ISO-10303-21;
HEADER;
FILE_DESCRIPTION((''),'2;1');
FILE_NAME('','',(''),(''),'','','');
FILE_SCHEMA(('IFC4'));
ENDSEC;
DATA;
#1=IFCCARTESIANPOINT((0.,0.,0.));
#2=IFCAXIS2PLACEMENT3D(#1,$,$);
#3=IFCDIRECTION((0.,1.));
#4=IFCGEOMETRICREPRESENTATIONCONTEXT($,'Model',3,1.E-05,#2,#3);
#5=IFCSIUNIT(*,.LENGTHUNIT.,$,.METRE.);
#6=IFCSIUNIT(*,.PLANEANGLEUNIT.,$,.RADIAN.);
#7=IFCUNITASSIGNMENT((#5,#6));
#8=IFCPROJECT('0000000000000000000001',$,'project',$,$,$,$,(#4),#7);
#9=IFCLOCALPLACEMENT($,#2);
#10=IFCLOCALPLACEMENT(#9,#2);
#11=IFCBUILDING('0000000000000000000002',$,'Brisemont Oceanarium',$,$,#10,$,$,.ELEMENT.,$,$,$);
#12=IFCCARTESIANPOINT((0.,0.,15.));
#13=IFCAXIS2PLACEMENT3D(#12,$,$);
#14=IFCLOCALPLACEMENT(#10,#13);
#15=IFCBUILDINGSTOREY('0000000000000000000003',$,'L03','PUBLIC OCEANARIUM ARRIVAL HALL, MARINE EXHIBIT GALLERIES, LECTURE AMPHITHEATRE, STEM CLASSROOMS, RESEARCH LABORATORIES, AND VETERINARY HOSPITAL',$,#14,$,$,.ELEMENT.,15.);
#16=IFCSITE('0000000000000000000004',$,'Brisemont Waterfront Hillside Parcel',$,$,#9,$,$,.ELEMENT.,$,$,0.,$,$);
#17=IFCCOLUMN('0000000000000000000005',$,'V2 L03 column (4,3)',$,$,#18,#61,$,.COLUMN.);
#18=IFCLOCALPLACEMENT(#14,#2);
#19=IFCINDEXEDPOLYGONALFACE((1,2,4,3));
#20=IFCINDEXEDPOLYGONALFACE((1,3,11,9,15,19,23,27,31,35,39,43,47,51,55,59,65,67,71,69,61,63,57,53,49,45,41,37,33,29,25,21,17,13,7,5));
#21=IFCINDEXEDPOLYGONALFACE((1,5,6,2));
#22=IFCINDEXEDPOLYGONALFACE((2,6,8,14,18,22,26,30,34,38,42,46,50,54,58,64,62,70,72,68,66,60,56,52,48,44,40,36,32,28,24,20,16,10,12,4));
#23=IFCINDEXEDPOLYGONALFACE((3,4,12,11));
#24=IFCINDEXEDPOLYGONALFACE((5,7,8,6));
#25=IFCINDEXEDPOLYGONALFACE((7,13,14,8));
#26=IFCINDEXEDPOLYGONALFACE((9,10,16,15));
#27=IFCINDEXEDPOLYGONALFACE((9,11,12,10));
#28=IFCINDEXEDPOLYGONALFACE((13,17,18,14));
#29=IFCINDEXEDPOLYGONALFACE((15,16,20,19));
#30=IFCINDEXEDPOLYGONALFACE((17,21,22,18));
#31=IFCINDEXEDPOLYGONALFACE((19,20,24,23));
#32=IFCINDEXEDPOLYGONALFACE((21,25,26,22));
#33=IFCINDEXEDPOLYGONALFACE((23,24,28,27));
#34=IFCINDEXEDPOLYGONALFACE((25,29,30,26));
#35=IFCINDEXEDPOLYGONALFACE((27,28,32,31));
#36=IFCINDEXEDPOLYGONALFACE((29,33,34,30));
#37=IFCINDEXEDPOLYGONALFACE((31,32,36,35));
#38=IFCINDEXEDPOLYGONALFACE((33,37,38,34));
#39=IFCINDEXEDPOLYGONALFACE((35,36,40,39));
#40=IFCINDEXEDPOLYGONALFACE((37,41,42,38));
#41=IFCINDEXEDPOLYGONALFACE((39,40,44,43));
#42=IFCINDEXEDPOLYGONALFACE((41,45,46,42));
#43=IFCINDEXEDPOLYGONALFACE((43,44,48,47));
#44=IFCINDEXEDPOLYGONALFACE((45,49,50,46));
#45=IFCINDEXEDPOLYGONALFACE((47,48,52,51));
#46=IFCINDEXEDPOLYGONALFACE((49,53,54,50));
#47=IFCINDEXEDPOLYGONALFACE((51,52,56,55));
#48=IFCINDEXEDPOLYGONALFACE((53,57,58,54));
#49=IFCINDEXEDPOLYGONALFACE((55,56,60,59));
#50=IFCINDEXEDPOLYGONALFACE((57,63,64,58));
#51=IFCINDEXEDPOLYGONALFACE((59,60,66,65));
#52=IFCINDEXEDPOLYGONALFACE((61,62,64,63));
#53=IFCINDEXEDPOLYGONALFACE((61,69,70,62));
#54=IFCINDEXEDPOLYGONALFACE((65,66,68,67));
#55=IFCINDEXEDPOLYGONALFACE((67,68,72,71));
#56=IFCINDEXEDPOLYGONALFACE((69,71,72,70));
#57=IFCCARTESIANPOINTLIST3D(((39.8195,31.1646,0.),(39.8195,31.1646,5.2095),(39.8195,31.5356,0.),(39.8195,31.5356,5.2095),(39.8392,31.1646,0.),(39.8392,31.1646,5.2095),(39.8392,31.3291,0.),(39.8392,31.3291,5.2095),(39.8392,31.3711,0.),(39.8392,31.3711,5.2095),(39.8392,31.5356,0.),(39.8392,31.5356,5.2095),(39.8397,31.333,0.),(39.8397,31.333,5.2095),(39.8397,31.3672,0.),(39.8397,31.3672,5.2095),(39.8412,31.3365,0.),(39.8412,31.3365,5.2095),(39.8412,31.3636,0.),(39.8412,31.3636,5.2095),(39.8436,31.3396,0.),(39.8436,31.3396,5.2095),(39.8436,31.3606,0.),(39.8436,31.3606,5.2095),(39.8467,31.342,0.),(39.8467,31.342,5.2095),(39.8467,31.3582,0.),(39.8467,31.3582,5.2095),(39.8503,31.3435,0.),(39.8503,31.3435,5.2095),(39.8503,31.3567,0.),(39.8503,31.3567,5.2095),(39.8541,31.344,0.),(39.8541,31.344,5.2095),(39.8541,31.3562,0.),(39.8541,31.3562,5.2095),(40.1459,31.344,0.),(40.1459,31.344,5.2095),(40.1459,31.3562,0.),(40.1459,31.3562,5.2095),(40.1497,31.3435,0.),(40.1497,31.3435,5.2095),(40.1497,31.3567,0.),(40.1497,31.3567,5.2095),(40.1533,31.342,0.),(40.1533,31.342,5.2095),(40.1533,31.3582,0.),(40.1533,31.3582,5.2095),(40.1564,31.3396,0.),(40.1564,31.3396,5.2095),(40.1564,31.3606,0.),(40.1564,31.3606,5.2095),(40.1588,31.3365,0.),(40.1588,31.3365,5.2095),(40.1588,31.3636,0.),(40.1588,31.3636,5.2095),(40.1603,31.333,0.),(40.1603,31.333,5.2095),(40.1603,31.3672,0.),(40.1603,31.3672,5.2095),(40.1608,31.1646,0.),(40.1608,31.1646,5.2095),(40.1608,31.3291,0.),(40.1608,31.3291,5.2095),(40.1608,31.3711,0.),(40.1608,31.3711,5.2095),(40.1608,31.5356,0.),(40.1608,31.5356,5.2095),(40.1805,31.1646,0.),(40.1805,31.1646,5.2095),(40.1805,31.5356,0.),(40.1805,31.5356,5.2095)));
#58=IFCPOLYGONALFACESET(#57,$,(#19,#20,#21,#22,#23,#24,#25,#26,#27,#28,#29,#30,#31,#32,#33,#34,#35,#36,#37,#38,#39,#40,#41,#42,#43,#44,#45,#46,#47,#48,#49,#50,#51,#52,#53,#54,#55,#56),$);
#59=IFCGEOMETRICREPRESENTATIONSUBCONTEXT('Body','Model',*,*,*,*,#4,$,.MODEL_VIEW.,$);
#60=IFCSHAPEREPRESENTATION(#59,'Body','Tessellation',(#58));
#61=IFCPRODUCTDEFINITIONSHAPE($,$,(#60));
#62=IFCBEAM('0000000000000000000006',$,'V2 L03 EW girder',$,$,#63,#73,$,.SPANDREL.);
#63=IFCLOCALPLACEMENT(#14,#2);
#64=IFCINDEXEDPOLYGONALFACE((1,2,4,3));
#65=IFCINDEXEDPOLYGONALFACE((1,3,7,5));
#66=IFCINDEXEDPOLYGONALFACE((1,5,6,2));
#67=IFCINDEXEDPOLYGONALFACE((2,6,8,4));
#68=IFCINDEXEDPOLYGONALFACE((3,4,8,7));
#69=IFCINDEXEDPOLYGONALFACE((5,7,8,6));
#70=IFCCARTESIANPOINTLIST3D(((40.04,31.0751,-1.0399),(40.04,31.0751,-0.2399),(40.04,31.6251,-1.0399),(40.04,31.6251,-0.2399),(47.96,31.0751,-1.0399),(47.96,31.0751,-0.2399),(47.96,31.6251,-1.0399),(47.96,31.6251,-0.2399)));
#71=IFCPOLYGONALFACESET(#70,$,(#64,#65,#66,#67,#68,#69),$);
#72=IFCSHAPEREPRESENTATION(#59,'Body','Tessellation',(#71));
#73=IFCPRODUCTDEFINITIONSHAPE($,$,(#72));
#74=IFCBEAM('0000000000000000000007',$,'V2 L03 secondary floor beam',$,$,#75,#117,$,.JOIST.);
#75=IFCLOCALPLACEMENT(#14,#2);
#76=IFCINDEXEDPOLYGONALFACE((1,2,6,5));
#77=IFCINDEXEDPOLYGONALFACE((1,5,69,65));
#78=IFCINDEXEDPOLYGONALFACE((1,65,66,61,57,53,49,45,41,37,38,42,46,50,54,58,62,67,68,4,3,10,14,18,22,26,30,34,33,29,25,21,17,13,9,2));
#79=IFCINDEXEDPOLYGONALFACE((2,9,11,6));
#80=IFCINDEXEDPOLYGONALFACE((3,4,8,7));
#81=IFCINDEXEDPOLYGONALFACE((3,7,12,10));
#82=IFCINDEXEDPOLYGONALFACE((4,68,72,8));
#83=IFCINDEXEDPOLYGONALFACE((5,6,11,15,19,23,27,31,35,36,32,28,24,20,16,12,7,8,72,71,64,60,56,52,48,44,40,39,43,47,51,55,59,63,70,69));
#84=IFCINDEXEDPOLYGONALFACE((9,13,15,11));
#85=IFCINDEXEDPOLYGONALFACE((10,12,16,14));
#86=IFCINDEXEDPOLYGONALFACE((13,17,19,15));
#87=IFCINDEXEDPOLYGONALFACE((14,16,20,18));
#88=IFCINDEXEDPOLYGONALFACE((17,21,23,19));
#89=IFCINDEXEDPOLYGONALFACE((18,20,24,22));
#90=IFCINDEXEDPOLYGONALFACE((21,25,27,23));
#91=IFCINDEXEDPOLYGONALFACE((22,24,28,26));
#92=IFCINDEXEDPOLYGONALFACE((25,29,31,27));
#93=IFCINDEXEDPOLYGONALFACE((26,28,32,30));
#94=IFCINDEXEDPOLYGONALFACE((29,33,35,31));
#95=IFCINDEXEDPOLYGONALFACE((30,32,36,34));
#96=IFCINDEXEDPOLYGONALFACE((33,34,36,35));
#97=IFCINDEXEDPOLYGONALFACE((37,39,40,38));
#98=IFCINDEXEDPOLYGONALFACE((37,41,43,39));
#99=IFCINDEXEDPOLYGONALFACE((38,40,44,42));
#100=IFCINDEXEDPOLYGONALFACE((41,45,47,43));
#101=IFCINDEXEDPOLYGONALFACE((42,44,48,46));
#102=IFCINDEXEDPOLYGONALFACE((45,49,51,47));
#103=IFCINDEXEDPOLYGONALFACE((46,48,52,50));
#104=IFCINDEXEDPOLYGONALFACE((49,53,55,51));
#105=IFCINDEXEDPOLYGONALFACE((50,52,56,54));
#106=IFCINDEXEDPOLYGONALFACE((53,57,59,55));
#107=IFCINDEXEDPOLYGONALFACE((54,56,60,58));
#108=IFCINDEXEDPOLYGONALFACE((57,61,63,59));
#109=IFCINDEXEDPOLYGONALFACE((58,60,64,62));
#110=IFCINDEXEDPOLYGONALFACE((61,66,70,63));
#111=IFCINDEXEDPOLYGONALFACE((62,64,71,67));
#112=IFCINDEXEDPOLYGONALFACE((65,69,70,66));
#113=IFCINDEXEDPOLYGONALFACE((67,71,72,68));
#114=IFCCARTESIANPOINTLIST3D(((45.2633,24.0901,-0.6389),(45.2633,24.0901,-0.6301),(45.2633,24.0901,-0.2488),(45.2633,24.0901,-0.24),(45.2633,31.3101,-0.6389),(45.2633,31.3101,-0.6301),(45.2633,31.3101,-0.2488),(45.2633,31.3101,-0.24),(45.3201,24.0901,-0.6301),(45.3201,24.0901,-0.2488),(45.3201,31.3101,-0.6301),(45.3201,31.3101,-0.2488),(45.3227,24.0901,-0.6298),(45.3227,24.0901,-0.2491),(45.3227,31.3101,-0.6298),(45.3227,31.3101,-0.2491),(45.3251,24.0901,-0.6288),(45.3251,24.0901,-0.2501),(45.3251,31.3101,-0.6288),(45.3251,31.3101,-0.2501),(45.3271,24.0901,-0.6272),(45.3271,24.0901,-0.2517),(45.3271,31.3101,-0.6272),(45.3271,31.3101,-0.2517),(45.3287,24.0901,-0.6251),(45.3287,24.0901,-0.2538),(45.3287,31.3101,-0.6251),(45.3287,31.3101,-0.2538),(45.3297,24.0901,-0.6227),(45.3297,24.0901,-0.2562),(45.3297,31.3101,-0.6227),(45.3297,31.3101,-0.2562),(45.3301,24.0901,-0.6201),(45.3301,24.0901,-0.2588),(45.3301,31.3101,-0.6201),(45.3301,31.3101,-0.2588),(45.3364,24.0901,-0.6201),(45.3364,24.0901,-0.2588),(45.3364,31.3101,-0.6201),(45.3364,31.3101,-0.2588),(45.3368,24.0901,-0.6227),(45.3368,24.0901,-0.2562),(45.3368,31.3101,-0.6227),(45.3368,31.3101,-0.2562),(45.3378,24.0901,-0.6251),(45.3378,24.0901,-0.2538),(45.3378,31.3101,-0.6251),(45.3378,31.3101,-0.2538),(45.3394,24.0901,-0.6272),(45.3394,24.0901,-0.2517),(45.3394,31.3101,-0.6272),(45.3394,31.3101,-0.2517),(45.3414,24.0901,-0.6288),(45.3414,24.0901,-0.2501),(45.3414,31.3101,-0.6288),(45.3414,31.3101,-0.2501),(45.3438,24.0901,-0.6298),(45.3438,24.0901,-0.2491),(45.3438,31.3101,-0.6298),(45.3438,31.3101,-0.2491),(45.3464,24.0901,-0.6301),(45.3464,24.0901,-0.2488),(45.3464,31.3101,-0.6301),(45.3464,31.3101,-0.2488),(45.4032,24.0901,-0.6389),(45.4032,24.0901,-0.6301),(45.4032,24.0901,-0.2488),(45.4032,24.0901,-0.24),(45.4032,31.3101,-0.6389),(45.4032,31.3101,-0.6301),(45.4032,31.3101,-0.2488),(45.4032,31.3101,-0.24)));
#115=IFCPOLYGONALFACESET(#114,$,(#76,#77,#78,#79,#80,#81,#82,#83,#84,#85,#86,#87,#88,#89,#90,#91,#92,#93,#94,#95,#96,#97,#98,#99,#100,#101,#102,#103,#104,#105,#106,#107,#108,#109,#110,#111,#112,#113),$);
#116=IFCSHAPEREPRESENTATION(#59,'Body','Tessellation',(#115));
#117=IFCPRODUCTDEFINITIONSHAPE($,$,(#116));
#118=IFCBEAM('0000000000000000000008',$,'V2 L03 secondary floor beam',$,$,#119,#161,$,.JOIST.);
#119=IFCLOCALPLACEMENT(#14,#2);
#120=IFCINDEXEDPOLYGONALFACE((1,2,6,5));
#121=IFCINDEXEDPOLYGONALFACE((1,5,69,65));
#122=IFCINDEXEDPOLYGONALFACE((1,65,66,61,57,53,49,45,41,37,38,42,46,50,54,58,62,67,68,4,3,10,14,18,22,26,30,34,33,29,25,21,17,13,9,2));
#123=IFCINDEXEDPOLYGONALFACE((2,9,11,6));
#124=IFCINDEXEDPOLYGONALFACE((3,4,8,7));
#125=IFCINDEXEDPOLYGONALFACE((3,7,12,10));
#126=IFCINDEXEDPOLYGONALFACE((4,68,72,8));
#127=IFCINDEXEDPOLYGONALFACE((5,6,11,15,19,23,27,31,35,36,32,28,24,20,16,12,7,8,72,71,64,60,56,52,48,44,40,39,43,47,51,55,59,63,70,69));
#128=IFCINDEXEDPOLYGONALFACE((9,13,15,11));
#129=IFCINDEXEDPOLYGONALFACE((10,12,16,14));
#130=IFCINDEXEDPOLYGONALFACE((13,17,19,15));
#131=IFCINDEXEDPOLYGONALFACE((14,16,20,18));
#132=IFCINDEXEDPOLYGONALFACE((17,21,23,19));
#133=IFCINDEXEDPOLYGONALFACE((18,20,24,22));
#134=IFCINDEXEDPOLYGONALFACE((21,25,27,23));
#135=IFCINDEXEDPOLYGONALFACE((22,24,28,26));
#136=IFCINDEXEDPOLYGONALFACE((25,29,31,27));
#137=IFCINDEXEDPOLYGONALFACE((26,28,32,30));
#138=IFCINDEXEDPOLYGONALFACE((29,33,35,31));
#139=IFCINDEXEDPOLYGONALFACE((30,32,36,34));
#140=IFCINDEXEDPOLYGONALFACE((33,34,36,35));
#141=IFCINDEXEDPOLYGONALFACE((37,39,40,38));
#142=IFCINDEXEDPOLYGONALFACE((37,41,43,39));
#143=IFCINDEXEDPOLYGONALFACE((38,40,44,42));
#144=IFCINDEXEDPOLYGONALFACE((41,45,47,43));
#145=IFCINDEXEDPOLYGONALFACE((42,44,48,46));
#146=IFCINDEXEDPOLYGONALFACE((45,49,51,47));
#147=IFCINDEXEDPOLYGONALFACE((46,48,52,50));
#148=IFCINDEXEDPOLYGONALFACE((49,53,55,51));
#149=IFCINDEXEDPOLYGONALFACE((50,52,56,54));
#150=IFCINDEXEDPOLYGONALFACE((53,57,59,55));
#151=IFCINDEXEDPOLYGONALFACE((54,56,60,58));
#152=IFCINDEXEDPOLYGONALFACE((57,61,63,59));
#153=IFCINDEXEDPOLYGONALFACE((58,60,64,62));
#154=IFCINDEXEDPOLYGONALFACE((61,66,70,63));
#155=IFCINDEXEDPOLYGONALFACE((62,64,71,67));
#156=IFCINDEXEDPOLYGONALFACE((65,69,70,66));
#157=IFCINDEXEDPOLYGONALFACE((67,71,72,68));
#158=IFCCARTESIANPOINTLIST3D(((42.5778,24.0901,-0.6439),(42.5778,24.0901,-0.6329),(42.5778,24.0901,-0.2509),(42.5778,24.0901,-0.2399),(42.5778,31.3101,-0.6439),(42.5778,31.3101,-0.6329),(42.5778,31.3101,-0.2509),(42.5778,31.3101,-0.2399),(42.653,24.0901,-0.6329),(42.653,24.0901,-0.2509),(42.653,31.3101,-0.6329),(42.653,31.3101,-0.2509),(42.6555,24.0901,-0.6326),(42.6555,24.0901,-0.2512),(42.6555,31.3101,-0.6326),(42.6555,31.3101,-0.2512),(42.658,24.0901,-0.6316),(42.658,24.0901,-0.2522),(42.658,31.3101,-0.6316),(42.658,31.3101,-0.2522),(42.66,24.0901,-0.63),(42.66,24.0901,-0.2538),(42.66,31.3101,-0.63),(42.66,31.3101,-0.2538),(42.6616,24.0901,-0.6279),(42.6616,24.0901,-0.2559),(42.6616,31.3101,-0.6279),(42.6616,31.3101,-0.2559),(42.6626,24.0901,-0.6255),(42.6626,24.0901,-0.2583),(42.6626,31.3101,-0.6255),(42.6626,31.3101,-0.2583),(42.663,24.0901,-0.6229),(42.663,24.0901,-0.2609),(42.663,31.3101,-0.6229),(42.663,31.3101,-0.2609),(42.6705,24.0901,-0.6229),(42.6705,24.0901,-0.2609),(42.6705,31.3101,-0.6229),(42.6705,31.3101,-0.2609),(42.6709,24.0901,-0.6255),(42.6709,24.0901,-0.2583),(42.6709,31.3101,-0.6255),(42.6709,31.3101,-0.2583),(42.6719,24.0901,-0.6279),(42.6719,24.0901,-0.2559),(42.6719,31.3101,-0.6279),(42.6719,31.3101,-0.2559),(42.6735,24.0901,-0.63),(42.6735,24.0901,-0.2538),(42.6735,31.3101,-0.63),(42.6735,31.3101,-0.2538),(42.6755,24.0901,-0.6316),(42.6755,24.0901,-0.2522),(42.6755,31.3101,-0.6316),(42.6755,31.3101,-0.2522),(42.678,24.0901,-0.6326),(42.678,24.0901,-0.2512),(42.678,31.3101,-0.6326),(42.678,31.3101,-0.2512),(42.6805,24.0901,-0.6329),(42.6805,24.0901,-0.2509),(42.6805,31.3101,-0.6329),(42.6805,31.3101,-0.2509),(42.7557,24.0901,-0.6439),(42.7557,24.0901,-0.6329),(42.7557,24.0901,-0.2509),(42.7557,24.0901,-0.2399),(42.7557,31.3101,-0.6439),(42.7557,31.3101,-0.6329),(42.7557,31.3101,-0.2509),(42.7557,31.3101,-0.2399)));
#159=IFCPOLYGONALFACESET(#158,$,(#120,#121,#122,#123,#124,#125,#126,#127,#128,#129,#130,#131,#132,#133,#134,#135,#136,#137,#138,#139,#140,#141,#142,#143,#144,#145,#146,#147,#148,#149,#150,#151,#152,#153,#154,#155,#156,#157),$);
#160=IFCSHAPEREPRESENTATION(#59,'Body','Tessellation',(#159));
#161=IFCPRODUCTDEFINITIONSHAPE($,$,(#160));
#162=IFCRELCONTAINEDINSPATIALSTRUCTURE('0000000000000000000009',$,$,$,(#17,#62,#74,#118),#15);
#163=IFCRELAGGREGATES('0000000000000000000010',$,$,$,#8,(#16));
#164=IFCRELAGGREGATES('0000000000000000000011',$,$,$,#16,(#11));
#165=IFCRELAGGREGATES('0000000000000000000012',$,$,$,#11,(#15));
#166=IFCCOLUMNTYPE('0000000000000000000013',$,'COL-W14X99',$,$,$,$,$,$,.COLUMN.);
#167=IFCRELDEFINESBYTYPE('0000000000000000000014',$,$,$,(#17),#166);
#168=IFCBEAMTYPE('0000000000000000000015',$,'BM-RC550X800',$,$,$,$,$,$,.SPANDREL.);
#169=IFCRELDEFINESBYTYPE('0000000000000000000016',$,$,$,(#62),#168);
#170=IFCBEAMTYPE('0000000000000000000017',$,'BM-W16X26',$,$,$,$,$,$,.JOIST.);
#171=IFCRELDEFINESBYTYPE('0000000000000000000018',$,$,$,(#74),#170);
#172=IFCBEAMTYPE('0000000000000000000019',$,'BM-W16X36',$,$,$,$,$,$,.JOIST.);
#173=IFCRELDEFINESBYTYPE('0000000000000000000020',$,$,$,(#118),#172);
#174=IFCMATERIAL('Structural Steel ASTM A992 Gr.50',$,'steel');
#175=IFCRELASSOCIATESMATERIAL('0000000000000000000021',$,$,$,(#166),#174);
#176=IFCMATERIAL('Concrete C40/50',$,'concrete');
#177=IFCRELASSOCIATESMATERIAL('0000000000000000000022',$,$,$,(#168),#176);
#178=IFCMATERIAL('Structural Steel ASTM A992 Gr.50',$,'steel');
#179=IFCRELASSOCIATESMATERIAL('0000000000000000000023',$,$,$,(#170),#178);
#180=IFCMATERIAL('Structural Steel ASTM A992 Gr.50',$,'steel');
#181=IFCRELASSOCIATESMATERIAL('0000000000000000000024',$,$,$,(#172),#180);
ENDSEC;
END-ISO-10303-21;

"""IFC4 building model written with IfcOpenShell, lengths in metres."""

from ifc_helpers import new_model, si_unit, direction, frame, origin, origin_2d, place, context, subcontext, project, spatial, rectangle, i_section, extrude, material, material_profile, profile_set, type_object, element, save


model = new_model("IFC4")

# Units and contexts
model_context = context("Model", 3, precision=1e-05, world=origin(), true_north=direction((0.0, 1.0)))
body_context = subcontext(model_context, "Body", "Model", "MODEL_VIEW")
ifc_project = project(units=[si_unit("LENGTHUNIT", "METRE"), si_unit("PLANEANGLEUNIT", "RADIAN")], contexts=[model_context])

# Site, building, storey
site_placement = place(None, origin())
site = spatial("IfcSite", under=ifc_project, at=site_placement, Name="Brisemont Waterfront Hillside Parcel", CompositionType="ELEMENT", RefElevation=0.0)
building_placement = place(site_placement, origin())
building = spatial("IfcBuilding", under=site, at=building_placement, Name="Brisemont Oceanarium", CompositionType="ELEMENT")
storey_placement = place(building_placement, frame((0.0, 0.0, 15.0)))
storey = spatial("IfcBuildingStorey", under=building, at=storey_placement, Name="L03", Description="PUBLIC OCEANARIUM ARRIVAL HALL, MARINE EXHIBIT GALLERIES, LECTURE AMPHITHEATRE, STEM CLASSROOMS, RESEARCH LABORATORIES, AND VETERINARY HOSPITAL", CompositionType="ELEMENT", Elevation=15.0)

# Column
ifc_material_1 = material(Name="Structural Steel ASTM A992 Gr.50", Category="steel")
ifc_material_profile_1 = material_profile(ifc_material_1, i_section(OverallWidth=0.3711, OverallDepth=0.3611, WebThickness=0.0122, FlangeThickness=0.0198, FilletRadius=0.0149, at=origin_2d()), Name="W14X99")
ifc_profile_set_1 = profile_set([ifc_material_profile_1], Name="Structural Steel ASTM A992 Gr.50")
column_type_1 = type_object("IfcColumnType", Name="COL-W14X99", PredefinedType="COLUMN", material=ifc_profile_set_1)
column_1_placement = place(storey_placement, frame((40.0, 31.3501, 0.0), z_axis=(0.0, 0.0, 1.0), x_axis=(0.0, 1.0, 0.0)))
element("IfcColumn", 1, at=column_1_placement, inside=storey, type_object=column_type_1, Name="V2 L03 column (4,3)", PredefinedType="COLUMN", context=body_context, shape_type="SweptSolid", body=[
    extrude(i_section(OverallWidth=0.3711, OverallDepth=0.3611, WebThickness=0.0122, FlangeThickness=0.0198, FilletRadius=0.0149, at=origin_2d()), origin(), (0.0, 0.0, 1.0), 5.2095),
])

# Beams
ifc_material_2 = material(Name="Concrete C40/50", Category="concrete")
ifc_material_profile_2 = material_profile(ifc_material_2, rectangle(XDim=0.55, YDim=0.8, at=origin_2d()), Name="RC-BM-550X800")
ifc_profile_set_2 = profile_set([ifc_material_profile_2], Name="Concrete C40/50")
beam_type_1 = type_object("IfcBeamType", Name="BM-RC550X800", PredefinedType="SPANDREL", material=ifc_profile_set_2)
beam_1_placement = place(storey_placement, frame((40.04, 31.3501, -0.6399), z_axis=(1.0, 0.0, 0.0), x_axis=(0.0, 1.0, 0.0)))
element("IfcBeam", 2, at=beam_1_placement, inside=storey, type_object=beam_type_1, Name="V2 L03 EW girder", PredefinedType="SPANDREL", context=body_context, shape_type="SweptSolid", body=[
    extrude(rectangle(XDim=0.55, YDim=0.8, at=origin_2d()), origin(), (0.0, 0.0, 1.0), 7.9199),
])
ifc_material_3 = material(Name="Structural Steel ASTM A992 Gr.50", Category="steel")
ifc_material_profile_3 = material_profile(ifc_material_3, i_section(OverallWidth=0.1399, OverallDepth=0.3989, WebThickness=0.0063, FlangeThickness=0.0088, FilletRadius=0.01, at=origin_2d()), Name="W16X26")
ifc_profile_set_3 = profile_set([ifc_material_profile_3], Name="Structural Steel ASTM A992 Gr.50")
beam_type_2 = type_object("IfcBeamType", Name="BM-W16X26", PredefinedType="JOIST", material=ifc_profile_set_3)
beam_2_placement = place(storey_placement, frame((45.3333, 24.0901, -0.4395), z_axis=(0.0, 1.0, 0.0), x_axis=(-1.0, 0.0, 0.0)))
element("IfcBeam", 3, at=beam_2_placement, inside=storey, type_object=beam_type_2, Name="V2 L03 secondary floor beam", PredefinedType="JOIST", context=body_context, shape_type="SweptSolid", body=[
    extrude(i_section(OverallWidth=0.1399, OverallDepth=0.3989, WebThickness=0.0063, FlangeThickness=0.0088, FilletRadius=0.01, at=origin_2d()), origin(), (0.0, 0.0, 1.0), 7.22),
])
ifc_material_4 = material(Name="Structural Steel ASTM A992 Gr.50", Category="steel")
ifc_material_profile_4 = material_profile(ifc_material_4, i_section(OverallWidth=0.178, OverallDepth=0.4041, WebThickness=0.0076, FlangeThickness=0.011, FilletRadius=0.01, at=origin_2d()), Name="W16X36")
ifc_profile_set_4 = profile_set([ifc_material_profile_4], Name="Structural Steel ASTM A992 Gr.50")
beam_type_3 = type_object("IfcBeamType", Name="BM-W16X36", PredefinedType="JOIST", material=ifc_profile_set_4)
beam_3_placement = place(storey_placement, frame((42.6667, 24.0901, -0.4419), z_axis=(0.0, 1.0, 0.0), x_axis=(-1.0, 0.0, 0.0)))
element("IfcBeam", 4, at=beam_3_placement, inside=storey, type_object=beam_type_3, Name="V2 L03 secondary floor beam", PredefinedType="JOIST", context=body_context, shape_type="SweptSolid", body=[
    extrude(i_section(OverallWidth=0.178, OverallDepth=0.4041, WebThickness=0.0076, FlangeThickness=0.011, FilletRadius=0.01, at=origin_2d()), origin(), (0.0, 0.0, 1.0), 7.22),
])

save(model, "model.ifc")
